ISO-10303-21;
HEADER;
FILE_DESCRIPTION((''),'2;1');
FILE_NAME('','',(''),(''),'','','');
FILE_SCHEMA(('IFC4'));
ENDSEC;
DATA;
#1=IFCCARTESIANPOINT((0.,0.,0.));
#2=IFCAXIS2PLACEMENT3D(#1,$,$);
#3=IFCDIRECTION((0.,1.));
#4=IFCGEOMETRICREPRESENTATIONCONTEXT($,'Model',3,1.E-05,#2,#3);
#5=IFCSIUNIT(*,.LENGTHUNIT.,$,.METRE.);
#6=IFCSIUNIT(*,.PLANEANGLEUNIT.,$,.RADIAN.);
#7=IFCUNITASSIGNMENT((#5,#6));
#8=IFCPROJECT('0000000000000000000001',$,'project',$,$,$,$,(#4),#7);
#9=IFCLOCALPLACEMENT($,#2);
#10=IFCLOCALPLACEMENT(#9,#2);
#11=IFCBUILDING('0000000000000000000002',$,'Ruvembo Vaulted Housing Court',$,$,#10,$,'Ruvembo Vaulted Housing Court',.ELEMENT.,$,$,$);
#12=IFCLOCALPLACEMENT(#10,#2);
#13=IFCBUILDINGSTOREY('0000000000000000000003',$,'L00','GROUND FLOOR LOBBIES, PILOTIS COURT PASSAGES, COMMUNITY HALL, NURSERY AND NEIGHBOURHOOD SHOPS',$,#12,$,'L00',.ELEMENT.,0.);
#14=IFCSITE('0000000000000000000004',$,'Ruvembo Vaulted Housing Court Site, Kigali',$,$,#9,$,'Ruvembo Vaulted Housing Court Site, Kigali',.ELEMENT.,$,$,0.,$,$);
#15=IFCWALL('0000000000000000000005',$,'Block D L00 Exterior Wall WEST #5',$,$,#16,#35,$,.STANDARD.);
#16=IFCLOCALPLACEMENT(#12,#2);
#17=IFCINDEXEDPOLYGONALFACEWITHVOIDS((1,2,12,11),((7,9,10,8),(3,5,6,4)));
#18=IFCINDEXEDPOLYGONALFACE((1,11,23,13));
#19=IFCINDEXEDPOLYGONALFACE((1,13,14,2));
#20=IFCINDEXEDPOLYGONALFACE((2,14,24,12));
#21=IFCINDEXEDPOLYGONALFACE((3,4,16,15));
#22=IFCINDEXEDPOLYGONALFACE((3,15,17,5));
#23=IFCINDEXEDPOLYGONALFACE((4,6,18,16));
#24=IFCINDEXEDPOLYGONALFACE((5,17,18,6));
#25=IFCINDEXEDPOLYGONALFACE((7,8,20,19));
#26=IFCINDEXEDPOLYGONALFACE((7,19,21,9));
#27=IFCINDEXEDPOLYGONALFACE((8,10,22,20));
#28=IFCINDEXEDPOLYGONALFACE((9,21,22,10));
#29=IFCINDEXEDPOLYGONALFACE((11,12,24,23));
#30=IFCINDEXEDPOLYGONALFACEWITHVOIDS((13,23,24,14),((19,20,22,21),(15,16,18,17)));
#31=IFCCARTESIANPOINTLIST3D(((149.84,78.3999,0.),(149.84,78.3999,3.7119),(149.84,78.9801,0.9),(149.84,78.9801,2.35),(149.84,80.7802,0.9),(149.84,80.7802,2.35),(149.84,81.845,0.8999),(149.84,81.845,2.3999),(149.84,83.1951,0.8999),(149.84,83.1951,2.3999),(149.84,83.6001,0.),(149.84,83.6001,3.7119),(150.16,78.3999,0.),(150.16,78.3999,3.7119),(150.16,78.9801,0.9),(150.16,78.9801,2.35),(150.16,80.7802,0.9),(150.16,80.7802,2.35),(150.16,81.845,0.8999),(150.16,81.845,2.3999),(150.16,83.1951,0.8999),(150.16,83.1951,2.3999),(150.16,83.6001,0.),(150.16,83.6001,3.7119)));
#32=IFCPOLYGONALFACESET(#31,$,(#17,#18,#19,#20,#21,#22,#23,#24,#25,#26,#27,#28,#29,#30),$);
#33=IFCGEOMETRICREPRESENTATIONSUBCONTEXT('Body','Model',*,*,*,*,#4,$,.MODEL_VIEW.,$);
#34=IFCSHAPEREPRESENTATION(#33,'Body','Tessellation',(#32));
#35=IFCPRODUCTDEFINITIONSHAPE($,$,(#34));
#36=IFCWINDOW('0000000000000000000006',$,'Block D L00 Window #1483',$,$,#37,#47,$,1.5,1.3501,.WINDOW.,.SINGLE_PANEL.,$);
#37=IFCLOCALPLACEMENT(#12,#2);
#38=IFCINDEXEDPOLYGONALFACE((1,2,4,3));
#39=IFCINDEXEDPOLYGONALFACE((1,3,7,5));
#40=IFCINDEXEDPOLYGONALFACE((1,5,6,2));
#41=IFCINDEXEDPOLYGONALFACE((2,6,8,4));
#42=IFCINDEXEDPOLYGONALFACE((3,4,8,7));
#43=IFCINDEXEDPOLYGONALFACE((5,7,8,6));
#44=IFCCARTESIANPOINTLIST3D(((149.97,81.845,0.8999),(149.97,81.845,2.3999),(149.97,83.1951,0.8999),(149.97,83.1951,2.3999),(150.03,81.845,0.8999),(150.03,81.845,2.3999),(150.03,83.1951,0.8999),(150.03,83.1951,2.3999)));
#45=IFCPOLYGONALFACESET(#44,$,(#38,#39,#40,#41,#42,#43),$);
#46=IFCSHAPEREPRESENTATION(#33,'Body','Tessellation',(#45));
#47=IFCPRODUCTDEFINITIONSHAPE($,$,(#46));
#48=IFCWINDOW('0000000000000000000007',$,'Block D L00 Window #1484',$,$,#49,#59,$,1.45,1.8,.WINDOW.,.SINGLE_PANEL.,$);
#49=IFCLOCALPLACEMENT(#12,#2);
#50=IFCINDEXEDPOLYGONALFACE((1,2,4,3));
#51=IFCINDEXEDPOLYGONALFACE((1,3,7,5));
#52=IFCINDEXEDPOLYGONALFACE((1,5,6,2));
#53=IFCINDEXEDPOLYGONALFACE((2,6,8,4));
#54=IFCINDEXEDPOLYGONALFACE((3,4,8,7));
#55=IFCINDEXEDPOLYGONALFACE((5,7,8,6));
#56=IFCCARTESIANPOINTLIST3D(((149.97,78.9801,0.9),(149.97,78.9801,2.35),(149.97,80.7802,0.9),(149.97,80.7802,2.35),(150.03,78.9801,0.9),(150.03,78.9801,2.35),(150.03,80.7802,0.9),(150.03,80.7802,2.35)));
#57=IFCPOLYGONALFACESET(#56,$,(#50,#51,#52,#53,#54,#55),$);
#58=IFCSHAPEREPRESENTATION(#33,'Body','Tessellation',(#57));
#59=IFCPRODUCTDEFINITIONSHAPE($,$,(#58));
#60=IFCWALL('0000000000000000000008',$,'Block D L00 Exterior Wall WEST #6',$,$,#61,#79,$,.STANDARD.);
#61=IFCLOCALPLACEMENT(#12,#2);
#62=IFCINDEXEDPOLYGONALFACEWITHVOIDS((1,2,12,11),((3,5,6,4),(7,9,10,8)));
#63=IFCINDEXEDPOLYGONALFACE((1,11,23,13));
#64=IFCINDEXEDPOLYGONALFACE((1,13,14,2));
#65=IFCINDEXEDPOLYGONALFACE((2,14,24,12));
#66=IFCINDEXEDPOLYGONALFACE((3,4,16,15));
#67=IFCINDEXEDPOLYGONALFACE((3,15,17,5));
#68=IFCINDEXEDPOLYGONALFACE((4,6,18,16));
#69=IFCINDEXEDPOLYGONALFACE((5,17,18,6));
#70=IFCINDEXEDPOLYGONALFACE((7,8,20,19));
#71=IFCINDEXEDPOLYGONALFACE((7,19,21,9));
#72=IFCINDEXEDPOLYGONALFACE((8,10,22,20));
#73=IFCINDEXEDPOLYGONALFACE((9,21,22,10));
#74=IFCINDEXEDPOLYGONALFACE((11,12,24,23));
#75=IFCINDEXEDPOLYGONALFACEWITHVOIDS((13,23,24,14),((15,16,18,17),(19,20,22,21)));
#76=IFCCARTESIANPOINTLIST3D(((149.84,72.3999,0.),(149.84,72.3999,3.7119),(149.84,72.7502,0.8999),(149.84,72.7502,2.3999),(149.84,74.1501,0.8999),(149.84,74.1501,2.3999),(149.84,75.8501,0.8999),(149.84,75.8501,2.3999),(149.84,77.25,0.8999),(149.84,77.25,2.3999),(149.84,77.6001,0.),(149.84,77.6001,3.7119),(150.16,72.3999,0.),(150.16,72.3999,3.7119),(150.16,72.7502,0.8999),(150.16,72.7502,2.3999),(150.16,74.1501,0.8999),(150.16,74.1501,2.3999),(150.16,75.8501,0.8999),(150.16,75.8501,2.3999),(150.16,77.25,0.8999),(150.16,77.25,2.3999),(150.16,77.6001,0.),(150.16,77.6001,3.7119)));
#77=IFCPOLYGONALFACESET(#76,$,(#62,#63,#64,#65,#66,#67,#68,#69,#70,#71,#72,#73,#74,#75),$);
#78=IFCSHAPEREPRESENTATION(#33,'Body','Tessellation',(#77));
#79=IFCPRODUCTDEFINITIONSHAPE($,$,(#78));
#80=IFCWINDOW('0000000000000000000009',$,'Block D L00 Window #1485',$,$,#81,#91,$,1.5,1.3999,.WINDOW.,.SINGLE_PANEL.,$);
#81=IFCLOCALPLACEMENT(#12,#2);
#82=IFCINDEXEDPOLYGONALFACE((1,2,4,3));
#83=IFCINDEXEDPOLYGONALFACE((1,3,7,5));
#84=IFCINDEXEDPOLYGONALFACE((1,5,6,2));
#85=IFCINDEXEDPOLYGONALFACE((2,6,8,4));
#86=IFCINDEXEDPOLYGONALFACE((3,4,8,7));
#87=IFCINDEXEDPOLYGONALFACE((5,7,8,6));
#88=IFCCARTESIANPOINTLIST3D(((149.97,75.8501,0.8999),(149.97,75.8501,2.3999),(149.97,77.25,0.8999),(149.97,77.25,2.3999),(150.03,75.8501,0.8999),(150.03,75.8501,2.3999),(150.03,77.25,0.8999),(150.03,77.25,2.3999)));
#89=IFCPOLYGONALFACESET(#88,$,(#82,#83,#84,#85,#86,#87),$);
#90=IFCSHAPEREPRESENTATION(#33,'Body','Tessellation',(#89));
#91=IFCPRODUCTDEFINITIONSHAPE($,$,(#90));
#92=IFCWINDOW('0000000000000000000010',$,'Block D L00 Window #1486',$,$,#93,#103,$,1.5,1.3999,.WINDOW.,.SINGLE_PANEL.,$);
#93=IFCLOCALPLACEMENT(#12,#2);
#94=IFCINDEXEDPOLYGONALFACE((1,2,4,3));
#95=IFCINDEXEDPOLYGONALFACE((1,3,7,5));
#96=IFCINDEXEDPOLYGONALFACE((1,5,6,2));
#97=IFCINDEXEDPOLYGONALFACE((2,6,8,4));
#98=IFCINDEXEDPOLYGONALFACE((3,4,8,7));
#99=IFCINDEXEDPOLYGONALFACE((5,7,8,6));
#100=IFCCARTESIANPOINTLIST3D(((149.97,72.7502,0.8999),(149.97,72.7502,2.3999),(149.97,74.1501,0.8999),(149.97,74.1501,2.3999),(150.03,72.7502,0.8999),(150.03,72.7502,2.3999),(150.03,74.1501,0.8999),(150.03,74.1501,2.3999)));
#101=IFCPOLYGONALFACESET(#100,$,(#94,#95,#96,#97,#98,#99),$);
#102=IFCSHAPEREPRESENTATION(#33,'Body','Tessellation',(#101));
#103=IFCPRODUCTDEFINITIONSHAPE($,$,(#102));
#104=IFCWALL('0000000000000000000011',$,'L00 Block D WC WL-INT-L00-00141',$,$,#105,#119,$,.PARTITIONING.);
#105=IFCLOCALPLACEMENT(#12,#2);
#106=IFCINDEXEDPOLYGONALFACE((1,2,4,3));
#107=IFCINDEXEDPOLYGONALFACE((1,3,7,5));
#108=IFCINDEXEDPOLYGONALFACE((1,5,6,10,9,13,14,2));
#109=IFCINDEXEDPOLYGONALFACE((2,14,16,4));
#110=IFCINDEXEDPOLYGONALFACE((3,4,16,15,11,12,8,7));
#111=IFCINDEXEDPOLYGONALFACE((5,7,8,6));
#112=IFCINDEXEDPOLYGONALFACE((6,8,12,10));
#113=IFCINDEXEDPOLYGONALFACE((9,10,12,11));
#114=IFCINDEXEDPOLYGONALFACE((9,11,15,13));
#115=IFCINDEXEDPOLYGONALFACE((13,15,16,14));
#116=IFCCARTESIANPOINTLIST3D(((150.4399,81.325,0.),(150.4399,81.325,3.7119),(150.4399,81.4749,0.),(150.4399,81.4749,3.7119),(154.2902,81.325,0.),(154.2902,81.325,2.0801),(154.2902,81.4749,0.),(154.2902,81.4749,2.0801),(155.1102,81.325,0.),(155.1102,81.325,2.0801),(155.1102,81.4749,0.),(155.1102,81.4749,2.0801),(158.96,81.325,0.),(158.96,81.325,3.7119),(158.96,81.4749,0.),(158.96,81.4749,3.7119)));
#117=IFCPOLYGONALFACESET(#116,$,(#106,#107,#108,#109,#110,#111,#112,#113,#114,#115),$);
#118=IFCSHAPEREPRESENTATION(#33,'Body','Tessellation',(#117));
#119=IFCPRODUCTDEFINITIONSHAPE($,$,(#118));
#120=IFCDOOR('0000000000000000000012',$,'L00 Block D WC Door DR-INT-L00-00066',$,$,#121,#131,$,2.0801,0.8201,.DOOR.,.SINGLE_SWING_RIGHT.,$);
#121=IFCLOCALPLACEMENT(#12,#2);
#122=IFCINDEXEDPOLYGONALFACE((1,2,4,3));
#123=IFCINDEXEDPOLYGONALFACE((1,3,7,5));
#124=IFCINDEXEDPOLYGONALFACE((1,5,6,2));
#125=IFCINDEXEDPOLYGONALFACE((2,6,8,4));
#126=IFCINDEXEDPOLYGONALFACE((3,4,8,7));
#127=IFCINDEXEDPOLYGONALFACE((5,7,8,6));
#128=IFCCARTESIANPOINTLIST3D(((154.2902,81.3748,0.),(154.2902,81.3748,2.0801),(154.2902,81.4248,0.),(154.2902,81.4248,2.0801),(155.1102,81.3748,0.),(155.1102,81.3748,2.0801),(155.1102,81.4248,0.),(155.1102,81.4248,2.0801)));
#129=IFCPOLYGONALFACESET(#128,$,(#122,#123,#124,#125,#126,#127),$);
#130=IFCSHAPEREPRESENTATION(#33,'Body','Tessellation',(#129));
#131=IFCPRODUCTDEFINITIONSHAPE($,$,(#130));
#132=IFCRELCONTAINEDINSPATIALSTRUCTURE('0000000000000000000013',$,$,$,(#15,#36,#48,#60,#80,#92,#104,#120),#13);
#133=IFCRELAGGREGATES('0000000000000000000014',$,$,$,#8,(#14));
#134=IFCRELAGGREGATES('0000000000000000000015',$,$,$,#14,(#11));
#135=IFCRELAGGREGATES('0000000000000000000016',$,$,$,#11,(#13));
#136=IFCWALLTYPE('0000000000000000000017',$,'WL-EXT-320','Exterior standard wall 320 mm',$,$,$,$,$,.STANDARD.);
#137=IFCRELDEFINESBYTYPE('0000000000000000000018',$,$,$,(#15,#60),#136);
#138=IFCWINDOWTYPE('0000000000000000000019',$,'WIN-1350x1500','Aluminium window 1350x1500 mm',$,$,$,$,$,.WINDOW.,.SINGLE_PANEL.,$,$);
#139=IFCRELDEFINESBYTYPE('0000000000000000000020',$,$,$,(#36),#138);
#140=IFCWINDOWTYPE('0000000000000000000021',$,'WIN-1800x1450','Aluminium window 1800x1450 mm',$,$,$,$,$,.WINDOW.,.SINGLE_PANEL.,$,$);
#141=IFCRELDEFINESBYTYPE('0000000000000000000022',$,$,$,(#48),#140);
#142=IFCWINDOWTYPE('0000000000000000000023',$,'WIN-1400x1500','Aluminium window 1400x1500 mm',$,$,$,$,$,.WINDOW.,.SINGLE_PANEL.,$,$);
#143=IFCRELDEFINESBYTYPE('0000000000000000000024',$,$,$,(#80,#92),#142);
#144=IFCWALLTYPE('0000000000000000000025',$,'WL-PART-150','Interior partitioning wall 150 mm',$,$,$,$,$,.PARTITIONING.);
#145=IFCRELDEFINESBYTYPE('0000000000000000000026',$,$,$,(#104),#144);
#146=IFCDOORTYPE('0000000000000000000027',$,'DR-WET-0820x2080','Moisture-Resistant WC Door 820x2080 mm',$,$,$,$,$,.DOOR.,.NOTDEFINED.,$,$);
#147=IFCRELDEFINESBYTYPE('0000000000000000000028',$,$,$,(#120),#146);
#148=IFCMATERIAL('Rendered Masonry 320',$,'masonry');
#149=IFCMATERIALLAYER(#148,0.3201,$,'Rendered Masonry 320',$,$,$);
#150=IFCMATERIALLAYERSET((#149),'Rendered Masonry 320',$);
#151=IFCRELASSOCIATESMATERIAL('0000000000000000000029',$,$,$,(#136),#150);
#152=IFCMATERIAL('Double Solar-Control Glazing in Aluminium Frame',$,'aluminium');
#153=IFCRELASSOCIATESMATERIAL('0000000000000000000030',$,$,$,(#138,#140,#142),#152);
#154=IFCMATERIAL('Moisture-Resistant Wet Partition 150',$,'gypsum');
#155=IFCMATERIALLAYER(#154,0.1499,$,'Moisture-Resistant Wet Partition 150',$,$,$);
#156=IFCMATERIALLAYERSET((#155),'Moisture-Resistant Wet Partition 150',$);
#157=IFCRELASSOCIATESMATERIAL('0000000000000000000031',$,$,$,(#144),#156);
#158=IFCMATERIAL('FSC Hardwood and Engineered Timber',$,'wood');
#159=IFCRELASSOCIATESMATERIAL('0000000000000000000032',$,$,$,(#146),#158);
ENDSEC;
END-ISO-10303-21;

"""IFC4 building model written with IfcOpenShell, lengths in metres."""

from ifc_helpers import new_model, si_unit, direction, frame, frame_2d, origin, place, context, subcontext, project, spatial, rectangle, extrude, material, layer, layer_set, type_object, element, fill, save


model = new_model("IFC4")

# Units and contexts
model_context = context("Model", 3, precision=1e-05, world=origin(), true_north=direction((0.0, 1.0)))
body_context = subcontext(model_context, "Body", "Model", "MODEL_VIEW")
ifc_project = project(units=[si_unit("LENGTHUNIT", "METRE"), si_unit("PLANEANGLEUNIT", "RADIAN")], contexts=[model_context])

# Site, building, storey
site_placement = place(None, origin())
site = spatial("IfcSite", under=ifc_project, at=site_placement, Name="Ruvembo Vaulted Housing Court Site, Kigali", LongName="Ruvembo Vaulted Housing Court Site, Kigali", CompositionType="ELEMENT", RefElevation=0.0)
building_placement = place(site_placement, origin())
building = spatial("IfcBuilding", under=site, at=building_placement, Name="Ruvembo Vaulted Housing Court", LongName="Ruvembo Vaulted Housing Court", CompositionType="ELEMENT")
storey_placement = place(building_placement, origin())
storey = spatial("IfcBuildingStorey", under=building, at=storey_placement, Name="L00", Description="GROUND FLOOR LOBBIES, PILOTIS COURT PASSAGES, COMMUNITY HALL, NURSERY AND NEIGHBOURHOOD SHOPS", LongName="L00", CompositionType="ELEMENT", Elevation=0.0)

# Walls, openings, windows
ifc_material_1 = material(Name="Rendered Masonry 320", Category="masonry")
ifc_layer_1 = layer(ifc_material_1, 0.3201, Name="Rendered Masonry 320")
ifc_layer_set_1 = layer_set([ifc_layer_1], Name="Rendered Masonry 320")
wall_type_1 = type_object("IfcWallType", Name="WL-EXT-320", Description="Exterior standard wall 320 mm", PredefinedType="STANDARD", material=ifc_layer_set_1)
wall_1_placement = place(storey_placement, frame((150.0, 83.6001, 0.0), z_axis=(0.0, 0.0, 1.0), x_axis=(0.0, -1.0, 0.0)))
wall_1 = element("IfcWall", 1, at=wall_1_placement, inside=storey, type_object=wall_type_1, Name="Block D L00 Exterior Wall WEST #5", PredefinedType="STANDARD", context=body_context, shape_type="SweptSolid", body=[
    extrude(rectangle(XDim=5.2002, YDim=0.3201, at=frame_2d((2.6001, 0.0))), origin(), (0.0, 0.0, 1.0), 3.7119),
])
opening_1_placement = place(wall_1_placement, frame((0.405, 0.0, 0.8999)))
opening_1 = element("IfcOpeningElement", 2, at=opening_1_placement, cuts=wall_1, PredefinedType="OPENING", context=body_context, shape_type="SweptSolid", body=[
    extrude(rectangle(XDim=1.3501, YDim=1.5, at=frame_2d((0.675, 0.75))), frame((0.0, 0.1699, 0.0), z_axis=(0.0, -1.0, 0.0), x_axis=(1.0, 0.0, 0.0)), (0.0, 0.0, 1.0), 0.3401),
])
opening_2_placement = place(wall_1_placement, frame((2.8201, 0.0, 0.8999)))
opening_2 = element("IfcOpeningElement", 3, at=opening_2_placement, cuts=wall_1, PredefinedType="OPENING", context=body_context, shape_type="SweptSolid", body=[
    extrude(rectangle(XDim=1.8, YDim=1.45, at=frame_2d((0.8999, 0.7251))), frame((0.0, 0.1699, 0.0), z_axis=(0.0, -1.0, 0.0), x_axis=(1.0, 0.0, 0.0)), (0.0, 0.0, 1.0), 0.3401),
])
ifc_material_2 = material(Name="Double Solar-Control Glazing in Aluminium Frame", Category="aluminium")
window_type_1 = type_object("IfcWindowType", Name="WIN-1350x1500", Description="Aluminium window 1350x1500 mm", PartitioningType="SINGLE_PANEL", PredefinedType="WINDOW", material=ifc_material_2)
window_1_placement = place(opening_1_placement, origin())
window_1 = element("IfcWindow", 4, at=window_1_placement, inside=storey, type_object=window_type_1, Name="Block D L00 Window #1483", OverallHeight=1.5, OverallWidth=1.3501, PartitioningType="SINGLE_PANEL", PredefinedType="WINDOW", context=body_context, shape_type="SweptSolid", body=[
    extrude(rectangle(XDim=1.3501, YDim=1.5, at=frame_2d((0.675, 0.75))), frame((0.0, 0.03, 0.0), z_axis=(0.0, -1.0, 0.0), x_axis=(1.0, 0.0, 0.0)), (0.0, 0.0, 1.0), 0.0601),
])
fill(opening_1, window_1)
window_type_2 = type_object("IfcWindowType", Name="WIN-1800x1450", Description="Aluminium window 1800x1450 mm", PartitioningType="SINGLE_PANEL", PredefinedType="WINDOW", material=ifc_material_2)
window_2_placement = place(opening_2_placement, origin())
window_2 = element("IfcWindow", 5, at=window_2_placement, inside=storey, type_object=window_type_2, Name="Block D L00 Window #1484", OverallHeight=1.45, OverallWidth=1.8, PartitioningType="SINGLE_PANEL", PredefinedType="WINDOW", context=body_context, shape_type="SweptSolid", body=[
    extrude(rectangle(XDim=1.8, YDim=1.45, at=frame_2d((0.8999, 0.7251))), frame((0.0, 0.03, 0.0), z_axis=(0.0, -1.0, 0.0), x_axis=(1.0, 0.0, 0.0)), (0.0, 0.0, 1.0), 0.0601),
])
fill(opening_2, window_2)
wall_2_placement = place(storey_placement, frame((150.0, 77.6001, 0.0), z_axis=(0.0, 0.0, 1.0), x_axis=(0.0, -1.0, 0.0)))
wall_2 = element("IfcWall", 6, at=wall_2_placement, inside=storey, type_object=wall_type_1, Name="Block D L00 Exterior Wall WEST #6", PredefinedType="STANDARD", context=body_context, shape_type="SweptSolid", body=[
    extrude(rectangle(XDim=5.2002, YDim=0.3201, at=frame_2d((2.6001, 0.0))), origin(), (0.0, 0.0, 1.0), 3.7119),
])
opening_3_placement = place(wall_2_placement, frame((0.3501, 0.0, 0.8999)))
opening_3 = element("IfcOpeningElement", 7, at=opening_3_placement, cuts=wall_2, PredefinedType="OPENING", context=body_context, shape_type="SweptSolid", body=[
    extrude(rectangle(XDim=1.3999, YDim=1.5, at=frame_2d((0.7, 0.75))), frame((0.0, 0.1699, 0.0), z_axis=(0.0, -1.0, 0.0), x_axis=(1.0, 0.0, 0.0)), (0.0, 0.0, 1.0), 0.3401),
])
opening_4_placement = place(wall_2_placement, frame((3.45, 0.0, 0.8999)))
opening_4 = element("IfcOpeningElement", 8, at=opening_4_placement, cuts=wall_2, PredefinedType="OPENING", context=body_context, shape_type="SweptSolid", body=[
    extrude(rectangle(XDim=1.3999, YDim=1.5, at=frame_2d((0.7, 0.75))), frame((0.0, 0.1699, 0.0), z_axis=(0.0, -1.0, 0.0), x_axis=(1.0, 0.0, 0.0)), (0.0, 0.0, 1.0), 0.3401),
])
window_type_3 = type_object("IfcWindowType", Name="WIN-1400x1500", Description="Aluminium window 1400x1500 mm", PartitioningType="SINGLE_PANEL", PredefinedType="WINDOW", material=ifc_material_2)
window_3_placement = place(opening_3_placement, origin())
window_3 = element("IfcWindow", 9, at=window_3_placement, inside=storey, type_object=window_type_3, Name="Block D L00 Window #1485", OverallHeight=1.5, OverallWidth=1.3999, PartitioningType="SINGLE_PANEL", PredefinedType="WINDOW", context=body_context, shape_type="SweptSolid", body=[
    extrude(rectangle(XDim=1.3999, YDim=1.5, at=frame_2d((0.7, 0.75))), frame((0.0, 0.03, 0.0), z_axis=(0.0, -1.0, 0.0), x_axis=(1.0, 0.0, 0.0)), (0.0, 0.0, 1.0), 0.0601),
])
fill(opening_3, window_3)
window_4_placement = place(opening_4_placement, origin())
window_4 = element("IfcWindow", 10, at=window_4_placement, inside=storey, type_object=window_type_3, Name="Block D L00 Window #1486", OverallHeight=1.5, OverallWidth=1.3999, PartitioningType="SINGLE_PANEL", PredefinedType="WINDOW", context=body_context, shape_type="SweptSolid", body=[
    extrude(rectangle(XDim=1.3999, YDim=1.5, at=frame_2d((0.7, 0.75))), frame((0.0, 0.03, 0.0), z_axis=(0.0, -1.0, 0.0), x_axis=(1.0, 0.0, 0.0)), (0.0, 0.0, 1.0), 0.0601),
])
fill(opening_4, window_4)

# Wall, opening, door
ifc_material_3 = material(Name="Moisture-Resistant Wet Partition 150", Category="gypsum")
ifc_layer_2 = layer(ifc_material_3, 0.1499, Name="Moisture-Resistant Wet Partition 150")
ifc_layer_set_2 = layer_set([ifc_layer_2], Name="Moisture-Resistant Wet Partition 150")
wall_type_2 = type_object("IfcWallType", Name="WL-PART-150", Description="Interior partitioning wall 150 mm", PredefinedType="PARTITIONING", material=ifc_layer_set_2)
wall_3_placement = place(storey_placement, frame((150.4399, 81.3999, 0.0), z_axis=(0.0, 0.0, 1.0), x_axis=(1.0, 0.0, 0.0)))
wall_3 = element("IfcWall", 11, at=wall_3_placement, inside=storey, type_object=wall_type_2, Name="L00 Block D WC WL-INT-L00-00141", PredefinedType="PARTITIONING", context=body_context, shape_type="SweptSolid", body=[
    extrude(rectangle(XDim=8.52, YDim=0.1499, at=frame_2d((4.26, 0.0))), origin(), (0.0, 0.0, 1.0), 3.7119),
])
opening_5_placement = place(wall_3_placement, frame((3.8501, 0.0, 0.0)))
opening_5 = element("IfcOpeningElement", 12, at=opening_5_placement, cuts=wall_3, PredefinedType="OPENING", context=body_context, shape_type="SweptSolid", body=[
    extrude(rectangle(XDim=0.8201, YDim=2.0801, at=frame_2d((0.4102, 1.04))), frame((0.0, 0.085, 0.0), z_axis=(0.0, -1.0, 0.0), x_axis=(1.0, 0.0, 0.0)), (0.0, 0.0, 1.0), 0.1699),
])
ifc_material_4 = material(Name="FSC Hardwood and Engineered Timber", Category="wood")
door_type = type_object("IfcDoorType", Name="DR-WET-0820x2080", Description="Moisture-Resistant WC Door 820x2080 mm", OperationType="NOTDEFINED", PredefinedType="DOOR", material=ifc_material_4)
door_placement = place(opening_5_placement, origin())
door = element("IfcDoor", 13, at=door_placement, inside=storey, type_object=door_type, Name="L00 Block D WC Door DR-INT-L00-00066", OperationType="SINGLE_SWING_RIGHT", OverallHeight=2.0801, OverallWidth=0.8201, PredefinedType="DOOR", context=body_context, shape_type="SweptSolid", body=[
    extrude(rectangle(XDim=0.8201, YDim=2.0801, at=frame_2d((0.4102, 1.04))), frame((0.0, 0.0249, 0.0), z_axis=(0.0, -1.0, 0.0), x_axis=(1.0, 0.0, 0.0)), (0.0, 0.0, 1.0), 0.05),
])
fill(opening_5, door)

save(model, "model.ifc")
